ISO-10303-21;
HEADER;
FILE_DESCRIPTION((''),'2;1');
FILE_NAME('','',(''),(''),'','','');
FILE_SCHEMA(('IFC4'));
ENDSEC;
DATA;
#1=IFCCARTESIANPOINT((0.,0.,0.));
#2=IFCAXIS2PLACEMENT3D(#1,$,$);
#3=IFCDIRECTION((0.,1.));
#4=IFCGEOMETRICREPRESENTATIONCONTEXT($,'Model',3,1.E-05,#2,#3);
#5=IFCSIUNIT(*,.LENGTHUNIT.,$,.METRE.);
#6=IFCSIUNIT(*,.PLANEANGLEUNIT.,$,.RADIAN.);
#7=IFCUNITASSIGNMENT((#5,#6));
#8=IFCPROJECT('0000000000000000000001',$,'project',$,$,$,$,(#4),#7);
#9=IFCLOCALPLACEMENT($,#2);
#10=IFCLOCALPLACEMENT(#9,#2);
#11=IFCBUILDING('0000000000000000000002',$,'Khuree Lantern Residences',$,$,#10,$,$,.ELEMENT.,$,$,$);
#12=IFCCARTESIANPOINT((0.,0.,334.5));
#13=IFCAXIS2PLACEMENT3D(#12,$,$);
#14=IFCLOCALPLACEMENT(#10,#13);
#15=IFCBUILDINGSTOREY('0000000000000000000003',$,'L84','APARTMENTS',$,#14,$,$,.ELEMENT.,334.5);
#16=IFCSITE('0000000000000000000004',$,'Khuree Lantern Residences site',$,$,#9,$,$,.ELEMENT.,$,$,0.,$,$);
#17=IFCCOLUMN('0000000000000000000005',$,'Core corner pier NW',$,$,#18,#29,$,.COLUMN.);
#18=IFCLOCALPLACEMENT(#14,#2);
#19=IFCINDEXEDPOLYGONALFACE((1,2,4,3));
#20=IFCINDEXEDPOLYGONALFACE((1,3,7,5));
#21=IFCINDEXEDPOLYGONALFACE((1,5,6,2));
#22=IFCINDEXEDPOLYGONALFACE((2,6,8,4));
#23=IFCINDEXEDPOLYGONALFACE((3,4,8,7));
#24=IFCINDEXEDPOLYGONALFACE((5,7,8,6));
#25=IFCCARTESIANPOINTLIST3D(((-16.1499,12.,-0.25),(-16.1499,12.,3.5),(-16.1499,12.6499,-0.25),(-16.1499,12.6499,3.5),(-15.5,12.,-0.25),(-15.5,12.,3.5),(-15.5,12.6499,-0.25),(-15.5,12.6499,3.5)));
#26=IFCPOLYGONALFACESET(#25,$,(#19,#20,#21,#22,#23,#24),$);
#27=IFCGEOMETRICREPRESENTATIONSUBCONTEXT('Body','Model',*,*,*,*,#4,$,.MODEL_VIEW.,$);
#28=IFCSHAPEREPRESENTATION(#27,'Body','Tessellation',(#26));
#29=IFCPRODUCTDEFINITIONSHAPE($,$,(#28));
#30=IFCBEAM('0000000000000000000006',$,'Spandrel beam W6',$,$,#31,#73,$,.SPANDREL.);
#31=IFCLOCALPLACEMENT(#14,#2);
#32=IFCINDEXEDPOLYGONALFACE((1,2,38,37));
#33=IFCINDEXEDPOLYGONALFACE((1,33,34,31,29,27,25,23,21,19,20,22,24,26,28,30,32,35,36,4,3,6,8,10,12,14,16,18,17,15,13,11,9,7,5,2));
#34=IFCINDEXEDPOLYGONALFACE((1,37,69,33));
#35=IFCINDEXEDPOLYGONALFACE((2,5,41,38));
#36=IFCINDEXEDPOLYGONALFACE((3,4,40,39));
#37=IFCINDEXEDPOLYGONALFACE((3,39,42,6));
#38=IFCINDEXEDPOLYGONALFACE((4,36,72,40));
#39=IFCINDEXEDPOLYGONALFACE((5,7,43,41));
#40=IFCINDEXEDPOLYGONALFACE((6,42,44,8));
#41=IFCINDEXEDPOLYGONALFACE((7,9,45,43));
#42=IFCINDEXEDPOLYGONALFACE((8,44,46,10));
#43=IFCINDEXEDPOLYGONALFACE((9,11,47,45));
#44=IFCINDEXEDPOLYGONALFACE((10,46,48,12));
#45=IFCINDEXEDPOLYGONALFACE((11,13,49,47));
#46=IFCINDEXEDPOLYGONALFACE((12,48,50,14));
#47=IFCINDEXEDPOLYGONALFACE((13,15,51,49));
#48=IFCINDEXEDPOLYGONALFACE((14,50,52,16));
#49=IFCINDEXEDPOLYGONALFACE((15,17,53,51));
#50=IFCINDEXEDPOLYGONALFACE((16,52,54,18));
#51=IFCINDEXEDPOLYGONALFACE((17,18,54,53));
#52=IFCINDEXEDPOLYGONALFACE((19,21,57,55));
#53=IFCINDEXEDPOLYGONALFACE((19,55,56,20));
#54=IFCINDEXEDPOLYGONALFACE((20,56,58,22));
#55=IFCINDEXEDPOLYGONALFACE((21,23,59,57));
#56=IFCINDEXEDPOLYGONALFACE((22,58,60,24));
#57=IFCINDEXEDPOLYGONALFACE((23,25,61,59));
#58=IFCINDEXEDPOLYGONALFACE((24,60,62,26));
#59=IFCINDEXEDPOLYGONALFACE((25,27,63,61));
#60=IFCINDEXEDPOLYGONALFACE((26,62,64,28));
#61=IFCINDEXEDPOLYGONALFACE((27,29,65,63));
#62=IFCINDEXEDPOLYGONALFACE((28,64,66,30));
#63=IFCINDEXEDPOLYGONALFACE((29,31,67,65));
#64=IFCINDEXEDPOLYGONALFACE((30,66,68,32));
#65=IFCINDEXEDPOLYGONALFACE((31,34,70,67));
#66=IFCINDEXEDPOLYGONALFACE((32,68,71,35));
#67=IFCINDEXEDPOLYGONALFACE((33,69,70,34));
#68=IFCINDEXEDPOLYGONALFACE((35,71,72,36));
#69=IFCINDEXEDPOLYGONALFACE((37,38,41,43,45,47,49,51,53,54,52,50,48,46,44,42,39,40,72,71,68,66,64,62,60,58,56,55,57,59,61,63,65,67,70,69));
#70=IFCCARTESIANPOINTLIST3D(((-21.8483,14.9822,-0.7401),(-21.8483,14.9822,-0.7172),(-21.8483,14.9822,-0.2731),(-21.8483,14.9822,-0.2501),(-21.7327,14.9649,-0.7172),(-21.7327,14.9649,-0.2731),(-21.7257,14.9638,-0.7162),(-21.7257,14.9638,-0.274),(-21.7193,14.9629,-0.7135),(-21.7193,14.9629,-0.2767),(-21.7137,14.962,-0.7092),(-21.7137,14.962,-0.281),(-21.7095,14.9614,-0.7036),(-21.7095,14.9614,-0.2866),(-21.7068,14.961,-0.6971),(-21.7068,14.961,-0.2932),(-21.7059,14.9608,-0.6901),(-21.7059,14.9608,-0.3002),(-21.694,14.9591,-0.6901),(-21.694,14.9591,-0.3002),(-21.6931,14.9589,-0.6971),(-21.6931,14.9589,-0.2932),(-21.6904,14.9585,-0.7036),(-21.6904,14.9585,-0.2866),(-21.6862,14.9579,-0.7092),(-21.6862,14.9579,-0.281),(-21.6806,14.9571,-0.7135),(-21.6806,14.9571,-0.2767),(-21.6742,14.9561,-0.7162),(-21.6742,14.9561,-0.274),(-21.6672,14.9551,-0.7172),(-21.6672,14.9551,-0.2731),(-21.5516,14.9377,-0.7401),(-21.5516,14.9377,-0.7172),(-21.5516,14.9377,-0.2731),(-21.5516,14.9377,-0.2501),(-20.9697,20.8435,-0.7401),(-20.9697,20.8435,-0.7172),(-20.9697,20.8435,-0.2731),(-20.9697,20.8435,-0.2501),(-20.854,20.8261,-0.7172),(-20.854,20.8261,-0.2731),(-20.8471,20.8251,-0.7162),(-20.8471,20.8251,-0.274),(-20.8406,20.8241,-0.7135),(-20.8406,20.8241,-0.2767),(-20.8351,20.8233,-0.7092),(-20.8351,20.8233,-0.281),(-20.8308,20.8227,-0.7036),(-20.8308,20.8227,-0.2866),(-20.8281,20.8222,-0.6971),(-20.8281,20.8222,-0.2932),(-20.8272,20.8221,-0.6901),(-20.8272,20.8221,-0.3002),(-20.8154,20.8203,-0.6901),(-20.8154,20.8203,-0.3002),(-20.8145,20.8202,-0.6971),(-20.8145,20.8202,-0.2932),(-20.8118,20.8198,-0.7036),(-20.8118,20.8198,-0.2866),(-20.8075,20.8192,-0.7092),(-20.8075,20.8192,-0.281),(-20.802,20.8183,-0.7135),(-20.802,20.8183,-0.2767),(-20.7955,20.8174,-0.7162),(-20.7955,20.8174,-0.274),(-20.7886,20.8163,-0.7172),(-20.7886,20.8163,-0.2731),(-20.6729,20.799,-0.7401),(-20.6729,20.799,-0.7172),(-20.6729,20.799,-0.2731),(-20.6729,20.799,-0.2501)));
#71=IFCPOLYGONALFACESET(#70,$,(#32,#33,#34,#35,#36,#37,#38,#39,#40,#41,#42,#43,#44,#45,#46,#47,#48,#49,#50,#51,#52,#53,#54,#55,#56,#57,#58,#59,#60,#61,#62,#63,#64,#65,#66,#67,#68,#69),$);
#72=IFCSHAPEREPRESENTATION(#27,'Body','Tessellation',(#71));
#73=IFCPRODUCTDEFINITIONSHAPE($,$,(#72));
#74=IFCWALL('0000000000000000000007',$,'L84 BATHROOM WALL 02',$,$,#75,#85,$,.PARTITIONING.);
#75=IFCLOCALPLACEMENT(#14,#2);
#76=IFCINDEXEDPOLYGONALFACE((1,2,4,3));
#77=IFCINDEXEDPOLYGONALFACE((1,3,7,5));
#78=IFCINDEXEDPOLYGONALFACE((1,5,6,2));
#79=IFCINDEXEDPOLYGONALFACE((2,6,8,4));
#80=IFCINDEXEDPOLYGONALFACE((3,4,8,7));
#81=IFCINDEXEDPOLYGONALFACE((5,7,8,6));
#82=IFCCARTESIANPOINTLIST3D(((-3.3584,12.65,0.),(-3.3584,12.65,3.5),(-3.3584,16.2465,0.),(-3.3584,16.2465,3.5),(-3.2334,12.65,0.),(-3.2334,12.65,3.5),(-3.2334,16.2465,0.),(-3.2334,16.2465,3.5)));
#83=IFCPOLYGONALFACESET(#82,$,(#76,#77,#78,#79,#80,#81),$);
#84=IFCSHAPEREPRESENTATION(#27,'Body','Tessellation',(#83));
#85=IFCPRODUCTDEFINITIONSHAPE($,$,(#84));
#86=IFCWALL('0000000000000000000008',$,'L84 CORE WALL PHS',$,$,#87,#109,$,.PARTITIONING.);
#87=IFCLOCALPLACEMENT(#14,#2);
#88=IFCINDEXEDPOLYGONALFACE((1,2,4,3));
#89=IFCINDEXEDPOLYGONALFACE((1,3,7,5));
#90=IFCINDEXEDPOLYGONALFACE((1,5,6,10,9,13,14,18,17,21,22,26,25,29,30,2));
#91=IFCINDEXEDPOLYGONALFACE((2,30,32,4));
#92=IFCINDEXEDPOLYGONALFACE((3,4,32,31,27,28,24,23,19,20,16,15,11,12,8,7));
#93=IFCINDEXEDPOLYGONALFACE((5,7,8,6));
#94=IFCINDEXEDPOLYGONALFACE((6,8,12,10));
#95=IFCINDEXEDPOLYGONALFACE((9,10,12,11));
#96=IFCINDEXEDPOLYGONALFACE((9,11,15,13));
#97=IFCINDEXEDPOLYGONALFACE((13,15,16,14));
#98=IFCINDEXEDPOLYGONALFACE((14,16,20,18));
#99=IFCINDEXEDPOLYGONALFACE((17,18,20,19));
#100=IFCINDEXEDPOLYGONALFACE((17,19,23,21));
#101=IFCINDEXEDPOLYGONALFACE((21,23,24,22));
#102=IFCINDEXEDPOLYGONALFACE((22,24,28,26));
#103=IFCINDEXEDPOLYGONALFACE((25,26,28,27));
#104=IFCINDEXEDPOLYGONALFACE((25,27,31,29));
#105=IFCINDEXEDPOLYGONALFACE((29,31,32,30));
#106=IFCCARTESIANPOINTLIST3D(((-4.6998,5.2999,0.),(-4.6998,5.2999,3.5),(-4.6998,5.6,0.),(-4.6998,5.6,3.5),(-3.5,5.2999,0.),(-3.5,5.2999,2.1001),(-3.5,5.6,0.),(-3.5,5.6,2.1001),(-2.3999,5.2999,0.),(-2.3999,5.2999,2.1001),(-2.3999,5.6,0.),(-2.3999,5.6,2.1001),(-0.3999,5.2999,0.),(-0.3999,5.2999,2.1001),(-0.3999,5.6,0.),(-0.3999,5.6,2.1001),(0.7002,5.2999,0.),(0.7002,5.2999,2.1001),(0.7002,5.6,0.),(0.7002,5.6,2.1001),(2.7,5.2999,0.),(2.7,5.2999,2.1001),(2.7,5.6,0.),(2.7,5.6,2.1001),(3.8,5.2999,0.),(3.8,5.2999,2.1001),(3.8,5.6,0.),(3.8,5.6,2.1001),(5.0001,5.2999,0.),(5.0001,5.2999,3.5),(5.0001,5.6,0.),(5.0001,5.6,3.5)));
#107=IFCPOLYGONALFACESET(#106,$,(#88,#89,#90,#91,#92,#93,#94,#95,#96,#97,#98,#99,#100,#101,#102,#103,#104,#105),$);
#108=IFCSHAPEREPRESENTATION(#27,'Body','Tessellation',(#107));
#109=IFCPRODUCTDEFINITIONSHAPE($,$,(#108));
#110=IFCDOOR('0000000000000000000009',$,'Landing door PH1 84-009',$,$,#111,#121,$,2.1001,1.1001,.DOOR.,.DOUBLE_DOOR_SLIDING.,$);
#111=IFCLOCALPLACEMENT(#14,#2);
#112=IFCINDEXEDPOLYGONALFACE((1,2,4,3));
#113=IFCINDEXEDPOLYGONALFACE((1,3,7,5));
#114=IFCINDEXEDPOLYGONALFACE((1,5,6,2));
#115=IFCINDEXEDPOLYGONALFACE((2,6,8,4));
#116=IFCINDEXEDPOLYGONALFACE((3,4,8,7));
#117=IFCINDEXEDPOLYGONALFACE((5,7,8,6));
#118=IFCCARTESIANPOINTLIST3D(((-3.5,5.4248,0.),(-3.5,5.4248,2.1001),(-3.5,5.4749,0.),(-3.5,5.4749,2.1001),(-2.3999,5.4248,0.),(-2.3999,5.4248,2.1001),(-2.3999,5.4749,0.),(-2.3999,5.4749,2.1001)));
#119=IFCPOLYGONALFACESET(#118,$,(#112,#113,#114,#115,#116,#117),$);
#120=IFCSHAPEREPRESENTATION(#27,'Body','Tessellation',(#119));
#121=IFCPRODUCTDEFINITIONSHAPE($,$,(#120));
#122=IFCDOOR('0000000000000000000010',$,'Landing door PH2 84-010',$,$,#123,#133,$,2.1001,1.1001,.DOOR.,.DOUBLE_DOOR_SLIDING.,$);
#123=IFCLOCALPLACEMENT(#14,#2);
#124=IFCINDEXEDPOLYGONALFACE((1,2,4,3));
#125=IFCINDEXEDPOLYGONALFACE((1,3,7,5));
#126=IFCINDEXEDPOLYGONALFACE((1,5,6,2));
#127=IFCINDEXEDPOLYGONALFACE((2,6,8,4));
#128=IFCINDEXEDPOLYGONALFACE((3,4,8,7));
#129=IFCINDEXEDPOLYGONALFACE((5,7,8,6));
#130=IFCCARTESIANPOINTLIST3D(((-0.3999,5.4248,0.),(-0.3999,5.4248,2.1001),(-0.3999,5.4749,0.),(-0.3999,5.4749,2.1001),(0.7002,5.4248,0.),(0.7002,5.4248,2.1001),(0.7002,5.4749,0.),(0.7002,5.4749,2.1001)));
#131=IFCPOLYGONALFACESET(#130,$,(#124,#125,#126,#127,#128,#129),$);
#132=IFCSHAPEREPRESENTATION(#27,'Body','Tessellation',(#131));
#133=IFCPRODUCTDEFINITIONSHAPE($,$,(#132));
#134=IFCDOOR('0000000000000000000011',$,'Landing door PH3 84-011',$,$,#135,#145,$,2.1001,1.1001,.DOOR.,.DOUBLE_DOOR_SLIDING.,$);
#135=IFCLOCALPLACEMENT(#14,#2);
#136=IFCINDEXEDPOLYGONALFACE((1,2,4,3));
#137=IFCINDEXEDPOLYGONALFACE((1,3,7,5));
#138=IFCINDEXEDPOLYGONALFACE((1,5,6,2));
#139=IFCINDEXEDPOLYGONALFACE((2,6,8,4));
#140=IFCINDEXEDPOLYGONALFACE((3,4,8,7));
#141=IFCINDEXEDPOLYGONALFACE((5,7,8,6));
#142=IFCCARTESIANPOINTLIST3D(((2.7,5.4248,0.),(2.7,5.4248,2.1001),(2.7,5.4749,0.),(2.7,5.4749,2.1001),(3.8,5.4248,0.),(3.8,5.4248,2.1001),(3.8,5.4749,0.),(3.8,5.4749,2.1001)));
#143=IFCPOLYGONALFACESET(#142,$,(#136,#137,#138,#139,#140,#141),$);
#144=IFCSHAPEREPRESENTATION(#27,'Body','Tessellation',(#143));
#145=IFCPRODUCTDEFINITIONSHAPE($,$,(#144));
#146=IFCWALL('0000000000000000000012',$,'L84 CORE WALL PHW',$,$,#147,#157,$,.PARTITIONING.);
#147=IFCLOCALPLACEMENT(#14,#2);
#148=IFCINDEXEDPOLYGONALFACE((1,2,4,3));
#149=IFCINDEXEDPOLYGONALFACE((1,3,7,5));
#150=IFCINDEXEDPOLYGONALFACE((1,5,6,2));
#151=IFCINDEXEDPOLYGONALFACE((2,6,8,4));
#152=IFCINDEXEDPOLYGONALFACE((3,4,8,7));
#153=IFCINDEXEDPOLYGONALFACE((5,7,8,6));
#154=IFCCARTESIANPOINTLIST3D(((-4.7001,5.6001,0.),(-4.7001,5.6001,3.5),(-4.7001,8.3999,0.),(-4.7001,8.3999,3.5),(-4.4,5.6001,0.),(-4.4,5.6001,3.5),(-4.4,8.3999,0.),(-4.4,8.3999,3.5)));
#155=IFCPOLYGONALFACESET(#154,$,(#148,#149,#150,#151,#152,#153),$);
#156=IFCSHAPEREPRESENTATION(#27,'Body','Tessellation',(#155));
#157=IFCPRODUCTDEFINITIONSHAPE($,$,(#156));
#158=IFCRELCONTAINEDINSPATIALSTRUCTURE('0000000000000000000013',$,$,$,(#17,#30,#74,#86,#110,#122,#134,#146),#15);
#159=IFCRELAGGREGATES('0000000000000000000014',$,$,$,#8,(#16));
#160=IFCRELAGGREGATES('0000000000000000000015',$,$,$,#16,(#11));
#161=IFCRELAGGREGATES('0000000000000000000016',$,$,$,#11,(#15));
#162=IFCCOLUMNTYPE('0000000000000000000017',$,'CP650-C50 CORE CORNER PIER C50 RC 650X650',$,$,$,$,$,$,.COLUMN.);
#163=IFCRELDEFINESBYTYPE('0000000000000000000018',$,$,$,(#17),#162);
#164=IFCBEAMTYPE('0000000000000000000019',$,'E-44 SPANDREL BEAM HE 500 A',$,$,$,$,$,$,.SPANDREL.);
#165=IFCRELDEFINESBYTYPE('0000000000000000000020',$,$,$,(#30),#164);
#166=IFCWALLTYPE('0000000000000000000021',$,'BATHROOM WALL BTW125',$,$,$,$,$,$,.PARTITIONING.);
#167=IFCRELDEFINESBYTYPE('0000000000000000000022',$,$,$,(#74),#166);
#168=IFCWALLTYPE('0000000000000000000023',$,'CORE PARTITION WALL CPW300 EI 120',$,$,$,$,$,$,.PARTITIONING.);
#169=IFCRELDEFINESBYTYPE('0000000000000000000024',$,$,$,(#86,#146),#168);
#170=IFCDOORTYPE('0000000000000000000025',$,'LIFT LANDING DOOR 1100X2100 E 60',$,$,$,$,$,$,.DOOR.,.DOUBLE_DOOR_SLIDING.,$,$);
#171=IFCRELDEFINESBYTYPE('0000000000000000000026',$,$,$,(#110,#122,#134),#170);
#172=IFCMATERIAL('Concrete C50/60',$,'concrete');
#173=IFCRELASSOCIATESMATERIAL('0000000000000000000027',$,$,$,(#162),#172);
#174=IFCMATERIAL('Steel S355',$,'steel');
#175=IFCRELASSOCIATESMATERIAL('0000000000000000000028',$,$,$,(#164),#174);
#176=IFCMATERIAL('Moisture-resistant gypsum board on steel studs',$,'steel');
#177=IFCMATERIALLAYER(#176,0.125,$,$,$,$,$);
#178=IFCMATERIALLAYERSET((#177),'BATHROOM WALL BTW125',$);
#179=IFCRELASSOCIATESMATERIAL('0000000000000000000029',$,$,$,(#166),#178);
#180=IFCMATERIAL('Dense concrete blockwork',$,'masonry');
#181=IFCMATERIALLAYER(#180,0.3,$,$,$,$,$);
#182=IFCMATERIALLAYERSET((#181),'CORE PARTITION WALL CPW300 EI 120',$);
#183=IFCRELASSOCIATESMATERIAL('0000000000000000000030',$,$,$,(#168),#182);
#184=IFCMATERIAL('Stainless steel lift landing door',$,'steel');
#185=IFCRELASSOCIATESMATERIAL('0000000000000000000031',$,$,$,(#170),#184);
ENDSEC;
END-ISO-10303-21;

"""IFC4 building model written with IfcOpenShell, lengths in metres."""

from ifc_helpers import new_model, si_unit, direction, frame, frame_2d, origin, origin_2d, place, context, subcontext, project, spatial, rectangle, i_section, extrude, material, layer, layer_set, material_profile, profile_set, type_object, element, fill, save


model = new_model("IFC4")

# Units and contexts
model_context = context("Model", 3, precision=1e-05, world=origin(), true_north=direction((0.0, 1.0)))
body_context = subcontext(model_context, "Body", "Model", "MODEL_VIEW")
ifc_project = project(units=[si_unit("LENGTHUNIT", "METRE"), si_unit("PLANEANGLEUNIT", "RADIAN")], contexts=[model_context])

# Site, building, storey
site_placement = place(None, origin())
site = spatial("IfcSite", under=ifc_project, at=site_placement, Name="Khuree Lantern Residences site", CompositionType="ELEMENT", RefElevation=0.0)
building_placement = place(site_placement, origin())
building = spatial("IfcBuilding", under=site, at=building_placement, Name="Khuree Lantern Residences", CompositionType="ELEMENT")
storey_placement = place(building_placement, frame((0.0, 0.0, 334.5)))
storey = spatial("IfcBuildingStorey", under=building, at=storey_placement, Name="L84", Description="APARTMENTS", CompositionType="ELEMENT", Elevation=334.5)

# Column
ifc_material_1 = material(Name="Concrete C50/60", Category="concrete")
ifc_material_profile_1 = material_profile(ifc_material_1, rectangle(XDim=0.6499, YDim=0.6499, at=origin_2d()), Name="RC 650X650")
ifc_profile_set_1 = profile_set([ifc_material_profile_1], Name="Concrete C50/60")
column_type = type_object("IfcColumnType", Name="CP650-C50 CORE CORNER PIER C50 RC 650X650", PredefinedType="COLUMN", material=ifc_profile_set_1)
column_placement = place(storey_placement, frame((-15.825, 12.325, -0.25), z_axis=(0.0, 0.0, 1.0), x_axis=(1.0, 0.0, 0.0)))
element("IfcColumn", 1, at=column_placement, inside=storey, type_object=column_type, Name="Core corner pier NW", PredefinedType="COLUMN", context=body_context, shape_type="SweptSolid", body=[
    extrude(rectangle(XDim=0.6499, YDim=0.6499, at=origin_2d()), origin(), (0.0, 0.0, 1.0), 3.75),
])

# Beam
ifc_material_2 = material(Name="Steel S355", Category="steel")
ifc_material_profile_2 = material_profile(ifc_material_2, i_section(OverallWidth=0.3, OverallDepth=0.49, WebThickness=0.012, FlangeThickness=0.0229, FilletRadius=0.0271, at=origin_2d()), Name="HE 500 A")
ifc_profile_set_2 = profile_set([ifc_material_profile_2], Name="Steel S355")
beam_type = type_object("IfcBeamType", Name="E-44 SPANDREL BEAM HE 500 A", PredefinedType="SPANDREL", material=ifc_profile_set_2)
beam_placement = place(storey_placement, frame((-21.7, 14.96, -0.4951), z_axis=(0.148252, 0.98895, 0.0), x_axis=(-0.98895, 0.148252, 0.0)))
element("IfcBeam", 2, at=beam_placement, inside=storey, type_object=beam_type, Name="Spandrel beam W6", PredefinedType="SPANDREL", context=body_context, shape_type="SweptSolid", body=[
    extrude(i_section(OverallWidth=0.3, OverallDepth=0.49, WebThickness=0.012, FlangeThickness=0.0229, FilletRadius=0.0271, at=origin_2d()), origin(), (0.0, 0.0, 1.0), 5.9268),
])

# Wall
ifc_material_3 = material(Name="Moisture-resistant gypsum board on steel studs", Category="steel")
ifc_layer_1 = layer(ifc_material_3, 0.125)
ifc_layer_set_1 = layer_set([ifc_layer_1], Name="BATHROOM WALL BTW125")
wall_type_1 = type_object("IfcWallType", Name="BATHROOM WALL BTW125", PredefinedType="PARTITIONING", material=ifc_layer_set_1)
wall_1_placement = place(storey_placement, frame((-3.2959, 12.6499, 0.0), z_axis=(0.0, 0.0, 1.0), x_axis=(0.0, 1.0, 0.0)))
element("IfcWall", 3, at=wall_1_placement, inside=storey, type_object=wall_type_1, Name="L84 BATHROOM WALL 02", PredefinedType="PARTITIONING", context=body_context, shape_type="SweptSolid", body=[
    extrude(rectangle(XDim=3.5964, YDim=0.125, at=frame_2d((1.7983, 0.0))), origin(), (0.0, 0.0, 1.0), 3.5),
])

# Wall, openings, doors
ifc_material_4 = material(Name="Dense concrete blockwork", Category="masonry")
ifc_layer_2 = layer(ifc_material_4, 0.3)
ifc_layer_set_2 = layer_set([ifc_layer_2], Name="CORE PARTITION WALL CPW300 EI 120")
wall_type_2 = type_object("IfcWallType", Name="CORE PARTITION WALL CPW300 EI 120", PredefinedType="PARTITIONING", material=ifc_layer_set_2)
wall_2_placement = place(storey_placement, frame((-4.7, 5.45, 0.0), z_axis=(0.0, 0.0, 1.0), x_axis=(1.0, 0.0, 0.0)))
wall_2 = element("IfcWall", 4, at=wall_2_placement, inside=storey, type_object=wall_type_2, Name="L84 CORE WALL PHS", PredefinedType="PARTITIONING", context=body_context, shape_type="SweptSolid", body=[
    extrude(rectangle(XDim=9.7, YDim=0.3, at=frame_2d((4.8501, 0.0))), origin(), (0.0, 0.0, 1.0), 3.5),
])
opening_1_placement = place(wall_2_placement, frame((1.2, 0.0, 0.0)))
opening_1 = element("IfcOpeningElement", 5, at=opening_1_placement, cuts=wall_2, PredefinedType="OPENING", context=body_context, shape_type="SweptSolid", body=[
    extrude(rectangle(XDim=1.1001, YDim=2.1001, at=frame_2d((0.55, 1.05))), frame((0.0, 0.1602, 0.0), z_axis=(0.0, -1.0, 0.0), x_axis=(1.0, 0.0, 0.0)), (0.0, 0.0, 1.0), 0.3201),
])
opening_2_placement = place(wall_2_placement, frame((4.3, 0.0, 0.0)))
opening_2 = element("IfcOpeningElement", 6, at=opening_2_placement, cuts=wall_2, PredefinedType="OPENING", context=body_context, shape_type="SweptSolid", body=[
    extrude(rectangle(XDim=1.1001, YDim=2.1001, at=frame_2d((0.55, 1.05))), frame((0.0, 0.1602, 0.0), z_axis=(0.0, -1.0, 0.0), x_axis=(1.0, 0.0, 0.0)), (0.0, 0.0, 1.0), 0.3201),
])
opening_3_placement = place(wall_2_placement, frame((7.3999, 0.0, 0.0)))
opening_3 = element("IfcOpeningElement", 7, at=opening_3_placement, cuts=wall_2, PredefinedType="OPENING", context=body_context, shape_type="SweptSolid", body=[
    extrude(rectangle(XDim=1.1001, YDim=2.1001, at=frame_2d((0.55, 1.05))), frame((0.0, 0.1602, 0.0), z_axis=(0.0, -1.0, 0.0), x_axis=(1.0, 0.0, 0.0)), (0.0, 0.0, 1.0), 0.3201),
])
ifc_material_5 = material(Name="Stainless steel lift landing door", Category="steel")
door_type_1 = type_object("IfcDoorType", Name="LIFT LANDING DOOR 1100X2100 E 60", OperationType="DOUBLE_DOOR_SLIDING", PredefinedType="DOOR", material=ifc_material_5)
door_1_placement = place(opening_1_placement, origin())
door_1 = element("IfcDoor", 8, at=door_1_placement, inside=storey, type_object=door_type_1, Name="Landing door PH1 84-009", OperationType="DOUBLE_DOOR_SLIDING", OverallHeight=2.1001, OverallWidth=1.1001, PredefinedType="DOOR", context=body_context, shape_type="SweptSolid", body=[
    extrude(rectangle(XDim=1.1001, YDim=2.1001, at=frame_2d((0.55, 1.05))), frame((0.0, 0.0249, 0.0), z_axis=(0.0, -1.0, 0.0), x_axis=(1.0, 0.0, 0.0)), (0.0, 0.0, 1.0), 0.05),
])
fill(opening_1, door_1)
door_2_placement = place(opening_2_placement, origin())
door_2 = element("IfcDoor", 9, at=door_2_placement, inside=storey, type_object=door_type_1, Name="Landing door PH2 84-010", OperationType="DOUBLE_DOOR_SLIDING", OverallHeight=2.1001, OverallWidth=1.1001, PredefinedType="DOOR", context=body_context, shape_type="SweptSolid", body=[
    extrude(rectangle(XDim=1.1001, YDim=2.1001, at=frame_2d((0.55, 1.05))), frame((0.0, 0.0249, 0.0), z_axis=(0.0, -1.0, 0.0), x_axis=(1.0, 0.0, 0.0)), (0.0, 0.0, 1.0), 0.05),
])
fill(opening_2, door_2)
door_3_placement = place(opening_3_placement, origin())
door_3 = element("IfcDoor", 10, at=door_3_placement, inside=storey, type_object=door_type_1, Name="Landing door PH3 84-011", OperationType="DOUBLE_DOOR_SLIDING", OverallHeight=2.1001, OverallWidth=1.1001, PredefinedType="DOOR", context=body_context, shape_type="SweptSolid", body=[
    extrude(rectangle(XDim=1.1001, YDim=2.1001, at=frame_2d((0.55, 1.05))), frame((0.0, 0.0249, 0.0), z_axis=(0.0, -1.0, 0.0), x_axis=(1.0, 0.0, 0.0)), (0.0, 0.0, 1.0), 0.05),
])
fill(opening_3, door_3)

# Wall
wall_3_placement = place(storey_placement, frame((-4.55, 5.6001, 0.0), z_axis=(0.0, 0.0, 1.0), x_axis=(0.0, 1.0, 0.0)))
element("IfcWall", 11, at=wall_3_placement, inside=storey, type_object=wall_type_2, Name="L84 CORE WALL PHW", PredefinedType="PARTITIONING", context=body_context, shape_type="SweptSolid", body=[
    extrude(rectangle(XDim=2.7998, YDim=0.3, at=frame_2d((1.3999, 0.0))), origin(), (0.0, 0.0, 1.0), 3.5),
])

save(model, "model.ifc")
